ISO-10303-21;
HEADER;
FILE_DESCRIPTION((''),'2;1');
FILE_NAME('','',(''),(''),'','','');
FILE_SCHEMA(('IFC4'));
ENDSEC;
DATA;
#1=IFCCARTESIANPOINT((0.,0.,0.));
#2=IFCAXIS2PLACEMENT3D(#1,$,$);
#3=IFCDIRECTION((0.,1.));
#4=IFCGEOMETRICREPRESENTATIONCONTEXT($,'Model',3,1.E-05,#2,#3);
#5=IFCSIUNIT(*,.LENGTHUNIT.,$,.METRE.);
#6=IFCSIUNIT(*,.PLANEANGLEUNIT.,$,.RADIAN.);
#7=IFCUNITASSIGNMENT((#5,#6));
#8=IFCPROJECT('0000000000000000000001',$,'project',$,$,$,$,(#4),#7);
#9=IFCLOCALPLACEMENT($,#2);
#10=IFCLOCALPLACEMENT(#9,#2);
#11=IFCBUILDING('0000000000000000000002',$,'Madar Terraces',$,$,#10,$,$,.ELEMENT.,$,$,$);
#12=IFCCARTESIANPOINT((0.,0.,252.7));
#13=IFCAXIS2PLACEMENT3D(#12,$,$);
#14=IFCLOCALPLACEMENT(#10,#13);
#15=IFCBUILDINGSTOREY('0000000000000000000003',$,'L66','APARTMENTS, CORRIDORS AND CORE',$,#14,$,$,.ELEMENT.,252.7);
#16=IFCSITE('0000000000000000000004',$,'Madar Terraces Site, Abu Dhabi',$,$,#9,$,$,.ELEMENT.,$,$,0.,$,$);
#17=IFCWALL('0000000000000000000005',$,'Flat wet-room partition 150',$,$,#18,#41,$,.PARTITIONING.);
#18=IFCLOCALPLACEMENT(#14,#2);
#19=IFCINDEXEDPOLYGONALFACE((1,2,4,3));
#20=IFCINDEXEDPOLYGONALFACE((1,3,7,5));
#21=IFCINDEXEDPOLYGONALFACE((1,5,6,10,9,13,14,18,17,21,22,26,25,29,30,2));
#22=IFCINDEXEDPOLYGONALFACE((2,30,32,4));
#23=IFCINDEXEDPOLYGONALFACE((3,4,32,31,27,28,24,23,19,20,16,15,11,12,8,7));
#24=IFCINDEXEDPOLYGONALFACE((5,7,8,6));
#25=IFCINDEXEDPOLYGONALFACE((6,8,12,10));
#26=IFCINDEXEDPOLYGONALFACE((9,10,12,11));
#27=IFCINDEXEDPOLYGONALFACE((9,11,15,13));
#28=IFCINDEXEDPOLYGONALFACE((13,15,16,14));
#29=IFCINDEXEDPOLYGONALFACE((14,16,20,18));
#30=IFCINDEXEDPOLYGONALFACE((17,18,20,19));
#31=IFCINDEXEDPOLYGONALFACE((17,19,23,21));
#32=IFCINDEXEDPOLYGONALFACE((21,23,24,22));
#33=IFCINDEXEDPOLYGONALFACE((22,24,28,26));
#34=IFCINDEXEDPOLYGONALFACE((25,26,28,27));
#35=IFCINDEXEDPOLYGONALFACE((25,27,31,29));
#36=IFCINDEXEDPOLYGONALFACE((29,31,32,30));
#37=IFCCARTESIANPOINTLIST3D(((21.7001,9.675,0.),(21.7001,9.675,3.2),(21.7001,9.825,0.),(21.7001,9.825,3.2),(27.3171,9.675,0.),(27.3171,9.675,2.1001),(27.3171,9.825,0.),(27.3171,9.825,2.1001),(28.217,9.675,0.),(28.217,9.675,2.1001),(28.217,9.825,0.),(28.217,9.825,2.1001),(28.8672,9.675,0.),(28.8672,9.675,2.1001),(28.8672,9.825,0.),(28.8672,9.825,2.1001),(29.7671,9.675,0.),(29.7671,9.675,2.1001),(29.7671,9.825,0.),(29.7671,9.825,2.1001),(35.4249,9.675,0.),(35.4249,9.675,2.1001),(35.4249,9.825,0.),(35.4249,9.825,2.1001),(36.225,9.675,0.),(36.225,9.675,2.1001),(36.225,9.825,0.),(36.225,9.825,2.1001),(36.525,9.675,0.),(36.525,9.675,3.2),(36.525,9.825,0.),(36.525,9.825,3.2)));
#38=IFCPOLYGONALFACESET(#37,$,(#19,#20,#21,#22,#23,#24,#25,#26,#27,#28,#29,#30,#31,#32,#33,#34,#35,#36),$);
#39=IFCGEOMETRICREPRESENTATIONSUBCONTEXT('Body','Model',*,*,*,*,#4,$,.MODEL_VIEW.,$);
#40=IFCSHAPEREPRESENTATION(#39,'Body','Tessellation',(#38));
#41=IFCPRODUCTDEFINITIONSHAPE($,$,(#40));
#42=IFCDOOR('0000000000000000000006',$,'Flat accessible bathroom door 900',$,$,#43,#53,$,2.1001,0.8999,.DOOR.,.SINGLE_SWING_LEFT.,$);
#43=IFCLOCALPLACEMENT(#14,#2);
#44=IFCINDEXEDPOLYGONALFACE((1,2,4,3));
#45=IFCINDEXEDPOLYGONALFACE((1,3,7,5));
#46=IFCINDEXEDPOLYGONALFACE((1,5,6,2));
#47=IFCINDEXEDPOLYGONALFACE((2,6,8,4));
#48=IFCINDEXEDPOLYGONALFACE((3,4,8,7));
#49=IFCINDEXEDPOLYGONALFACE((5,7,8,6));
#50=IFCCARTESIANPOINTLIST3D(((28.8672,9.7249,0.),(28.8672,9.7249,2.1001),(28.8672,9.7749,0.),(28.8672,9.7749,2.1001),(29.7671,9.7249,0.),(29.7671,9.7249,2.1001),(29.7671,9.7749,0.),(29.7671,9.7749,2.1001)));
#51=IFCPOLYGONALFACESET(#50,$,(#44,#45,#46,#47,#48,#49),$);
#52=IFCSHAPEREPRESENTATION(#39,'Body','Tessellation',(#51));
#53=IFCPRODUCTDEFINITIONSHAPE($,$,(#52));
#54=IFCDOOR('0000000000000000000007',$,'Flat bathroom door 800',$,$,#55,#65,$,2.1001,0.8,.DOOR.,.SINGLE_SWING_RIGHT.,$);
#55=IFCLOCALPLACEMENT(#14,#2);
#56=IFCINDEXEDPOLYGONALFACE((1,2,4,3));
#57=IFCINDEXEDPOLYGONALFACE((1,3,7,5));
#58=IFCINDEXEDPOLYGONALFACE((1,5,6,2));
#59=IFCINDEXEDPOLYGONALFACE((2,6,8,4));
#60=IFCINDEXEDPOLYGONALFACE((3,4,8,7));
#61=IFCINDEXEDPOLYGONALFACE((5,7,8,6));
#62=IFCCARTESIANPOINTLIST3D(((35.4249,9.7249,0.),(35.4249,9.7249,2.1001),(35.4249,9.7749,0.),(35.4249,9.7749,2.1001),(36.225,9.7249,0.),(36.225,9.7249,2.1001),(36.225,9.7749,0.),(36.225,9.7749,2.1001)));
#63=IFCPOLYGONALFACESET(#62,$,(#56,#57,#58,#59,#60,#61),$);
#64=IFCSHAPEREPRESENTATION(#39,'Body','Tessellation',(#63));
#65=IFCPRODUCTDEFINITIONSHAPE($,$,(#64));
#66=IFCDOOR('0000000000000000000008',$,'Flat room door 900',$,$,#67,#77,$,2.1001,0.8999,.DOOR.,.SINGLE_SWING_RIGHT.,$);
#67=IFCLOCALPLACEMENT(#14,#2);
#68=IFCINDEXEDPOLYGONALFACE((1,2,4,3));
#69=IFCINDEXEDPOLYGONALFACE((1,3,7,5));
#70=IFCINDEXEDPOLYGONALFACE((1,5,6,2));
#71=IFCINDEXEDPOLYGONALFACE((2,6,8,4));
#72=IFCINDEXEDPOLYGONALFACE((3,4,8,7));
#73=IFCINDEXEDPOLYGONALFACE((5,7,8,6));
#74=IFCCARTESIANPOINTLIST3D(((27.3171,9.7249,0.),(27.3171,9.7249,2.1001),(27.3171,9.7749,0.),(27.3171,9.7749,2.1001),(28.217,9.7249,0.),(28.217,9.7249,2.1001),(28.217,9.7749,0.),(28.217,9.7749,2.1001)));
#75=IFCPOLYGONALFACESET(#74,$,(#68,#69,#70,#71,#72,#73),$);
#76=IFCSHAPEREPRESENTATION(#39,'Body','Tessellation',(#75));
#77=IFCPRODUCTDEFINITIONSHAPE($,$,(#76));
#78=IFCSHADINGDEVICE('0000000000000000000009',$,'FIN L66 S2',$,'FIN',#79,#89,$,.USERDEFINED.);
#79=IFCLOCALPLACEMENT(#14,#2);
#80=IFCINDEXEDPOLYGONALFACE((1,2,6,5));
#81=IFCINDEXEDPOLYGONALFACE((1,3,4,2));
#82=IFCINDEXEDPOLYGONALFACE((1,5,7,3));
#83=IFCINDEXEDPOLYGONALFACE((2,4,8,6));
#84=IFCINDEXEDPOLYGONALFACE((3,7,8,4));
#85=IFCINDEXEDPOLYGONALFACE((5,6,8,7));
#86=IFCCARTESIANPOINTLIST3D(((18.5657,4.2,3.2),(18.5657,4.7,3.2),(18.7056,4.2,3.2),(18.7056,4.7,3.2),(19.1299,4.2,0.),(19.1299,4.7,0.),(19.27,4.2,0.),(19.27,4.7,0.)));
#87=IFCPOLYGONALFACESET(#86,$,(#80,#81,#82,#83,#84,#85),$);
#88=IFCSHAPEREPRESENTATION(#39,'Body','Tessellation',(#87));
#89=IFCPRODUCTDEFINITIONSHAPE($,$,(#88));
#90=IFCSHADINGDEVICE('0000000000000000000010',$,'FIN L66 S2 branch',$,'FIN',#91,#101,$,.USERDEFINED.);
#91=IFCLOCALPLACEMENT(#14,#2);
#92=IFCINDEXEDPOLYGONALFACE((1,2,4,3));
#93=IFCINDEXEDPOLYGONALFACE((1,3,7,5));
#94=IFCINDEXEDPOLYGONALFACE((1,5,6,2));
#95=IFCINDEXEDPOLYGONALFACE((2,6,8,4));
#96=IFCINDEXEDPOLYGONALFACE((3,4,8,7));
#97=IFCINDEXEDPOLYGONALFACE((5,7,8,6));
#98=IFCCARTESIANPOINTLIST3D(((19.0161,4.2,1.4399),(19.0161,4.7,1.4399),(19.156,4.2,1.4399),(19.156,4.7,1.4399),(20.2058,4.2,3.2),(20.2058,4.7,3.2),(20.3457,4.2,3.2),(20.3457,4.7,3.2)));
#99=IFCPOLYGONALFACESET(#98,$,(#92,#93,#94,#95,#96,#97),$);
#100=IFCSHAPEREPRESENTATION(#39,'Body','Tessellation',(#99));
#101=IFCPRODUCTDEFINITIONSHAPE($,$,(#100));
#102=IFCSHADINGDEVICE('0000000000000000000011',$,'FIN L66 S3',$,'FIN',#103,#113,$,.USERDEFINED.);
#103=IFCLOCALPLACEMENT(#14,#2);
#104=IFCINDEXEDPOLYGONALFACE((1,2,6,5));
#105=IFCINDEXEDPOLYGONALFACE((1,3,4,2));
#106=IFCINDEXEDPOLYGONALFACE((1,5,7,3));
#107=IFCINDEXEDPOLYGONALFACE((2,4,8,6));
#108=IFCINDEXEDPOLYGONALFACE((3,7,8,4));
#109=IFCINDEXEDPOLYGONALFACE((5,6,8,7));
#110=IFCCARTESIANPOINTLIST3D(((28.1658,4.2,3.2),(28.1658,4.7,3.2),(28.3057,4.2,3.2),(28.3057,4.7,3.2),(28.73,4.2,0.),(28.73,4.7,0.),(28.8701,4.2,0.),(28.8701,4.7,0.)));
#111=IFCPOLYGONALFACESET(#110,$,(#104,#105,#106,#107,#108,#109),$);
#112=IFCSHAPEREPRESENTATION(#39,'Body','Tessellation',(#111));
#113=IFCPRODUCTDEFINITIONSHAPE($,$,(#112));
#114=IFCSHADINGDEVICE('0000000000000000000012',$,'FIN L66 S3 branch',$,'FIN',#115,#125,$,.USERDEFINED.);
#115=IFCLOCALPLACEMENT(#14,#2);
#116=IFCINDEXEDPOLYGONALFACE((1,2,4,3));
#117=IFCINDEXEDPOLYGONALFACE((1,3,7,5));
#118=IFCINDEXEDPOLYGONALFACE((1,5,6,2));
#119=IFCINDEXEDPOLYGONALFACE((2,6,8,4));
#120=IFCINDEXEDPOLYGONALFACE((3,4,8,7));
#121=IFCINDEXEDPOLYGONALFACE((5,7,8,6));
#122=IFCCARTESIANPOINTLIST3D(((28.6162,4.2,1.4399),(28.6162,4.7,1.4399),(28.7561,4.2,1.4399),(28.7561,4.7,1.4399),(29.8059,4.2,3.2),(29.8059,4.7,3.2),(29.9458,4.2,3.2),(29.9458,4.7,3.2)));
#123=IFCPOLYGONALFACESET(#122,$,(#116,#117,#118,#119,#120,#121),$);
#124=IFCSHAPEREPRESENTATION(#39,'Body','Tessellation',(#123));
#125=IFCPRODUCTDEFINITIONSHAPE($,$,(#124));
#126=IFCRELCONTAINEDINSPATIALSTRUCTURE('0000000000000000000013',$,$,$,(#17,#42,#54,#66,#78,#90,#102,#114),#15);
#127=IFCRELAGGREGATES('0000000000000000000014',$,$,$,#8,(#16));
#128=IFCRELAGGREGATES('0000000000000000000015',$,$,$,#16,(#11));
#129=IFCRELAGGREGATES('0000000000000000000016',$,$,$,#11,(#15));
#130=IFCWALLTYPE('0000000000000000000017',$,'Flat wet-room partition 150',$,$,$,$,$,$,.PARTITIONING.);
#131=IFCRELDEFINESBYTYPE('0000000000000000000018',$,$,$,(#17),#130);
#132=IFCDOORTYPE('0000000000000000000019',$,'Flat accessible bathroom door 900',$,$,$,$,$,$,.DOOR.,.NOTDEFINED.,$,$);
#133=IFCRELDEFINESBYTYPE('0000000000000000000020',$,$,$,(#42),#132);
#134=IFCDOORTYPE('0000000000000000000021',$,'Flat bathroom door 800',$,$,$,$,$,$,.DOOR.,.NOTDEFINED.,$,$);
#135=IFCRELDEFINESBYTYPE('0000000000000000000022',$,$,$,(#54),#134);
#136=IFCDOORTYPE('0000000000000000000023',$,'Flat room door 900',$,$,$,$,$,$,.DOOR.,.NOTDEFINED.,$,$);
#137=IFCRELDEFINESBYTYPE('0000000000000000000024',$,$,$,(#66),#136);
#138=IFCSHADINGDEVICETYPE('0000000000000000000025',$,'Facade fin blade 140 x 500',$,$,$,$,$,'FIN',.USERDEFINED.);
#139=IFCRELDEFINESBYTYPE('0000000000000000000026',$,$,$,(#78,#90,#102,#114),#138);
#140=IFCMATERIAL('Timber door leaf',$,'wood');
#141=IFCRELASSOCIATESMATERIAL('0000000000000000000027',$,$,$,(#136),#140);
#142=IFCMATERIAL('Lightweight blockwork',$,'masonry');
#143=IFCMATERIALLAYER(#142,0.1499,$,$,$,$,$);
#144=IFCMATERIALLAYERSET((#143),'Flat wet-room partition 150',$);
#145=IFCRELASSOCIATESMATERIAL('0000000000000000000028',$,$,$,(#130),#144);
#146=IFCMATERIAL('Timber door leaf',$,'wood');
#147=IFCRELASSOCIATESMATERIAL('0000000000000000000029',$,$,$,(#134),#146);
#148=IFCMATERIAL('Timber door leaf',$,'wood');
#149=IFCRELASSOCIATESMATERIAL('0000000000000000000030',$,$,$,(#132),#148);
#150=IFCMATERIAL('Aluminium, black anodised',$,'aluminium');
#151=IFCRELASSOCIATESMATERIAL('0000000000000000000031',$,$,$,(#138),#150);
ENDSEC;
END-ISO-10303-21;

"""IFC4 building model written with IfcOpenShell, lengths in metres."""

from ifc_helpers import new_model, si_unit, direction, frame, frame_2d, origin, place, context, subcontext, project, spatial, polyline, rectangle, outline, extrude, material, layer, layer_set, type_object, element, fill, save


model = new_model("IFC4")

# Units and contexts
model_context = context("Model", 3, precision=1e-05, world=origin(), true_north=direction((0.0, 1.0)))
body_context = subcontext(model_context, "Body", "Model", "MODEL_VIEW")
ifc_project = project(units=[si_unit("LENGTHUNIT", "METRE"), si_unit("PLANEANGLEUNIT", "RADIAN")], contexts=[model_context])

# Site, building, storey
site_placement = place(None, origin())
site = spatial("IfcSite", under=ifc_project, at=site_placement, Name="Madar Terraces Site, Abu Dhabi", CompositionType="ELEMENT", RefElevation=0.0)
building_placement = place(site_placement, origin())
building = spatial("IfcBuilding", under=site, at=building_placement, Name="Madar Terraces", CompositionType="ELEMENT")
storey_placement = place(building_placement, frame((0.0, 0.0, 252.7)))
storey = spatial("IfcBuildingStorey", under=building, at=storey_placement, Name="L66", Description="APARTMENTS, CORRIDORS AND CORE", CompositionType="ELEMENT", Elevation=252.7)

# Shared definitions
ifc_material_1 = material(Name="Timber door leaf", Category="wood")
door_type_1 = type_object("IfcDoorType", Name="Flat room door 900", OperationType="NOTDEFINED", PredefinedType="DOOR", material=ifc_material_1)

# Shared definitions
ifc_material_2 = material(Name="Lightweight blockwork", Category="masonry")
ifc_layer_1 = layer(ifc_material_2, 0.1499)
ifc_layer_set_1 = layer_set([ifc_layer_1], Name="Flat wet-room partition 150")
wall_type_1 = type_object("IfcWallType", Name="Flat wet-room partition 150", PredefinedType="PARTITIONING", material=ifc_layer_set_1)

# Wall, openings, doors
ifc_material_3 = material(Name="Timber door leaf", Category="wood")
door_type_2 = type_object("IfcDoorType", Name="Flat bathroom door 800", OperationType="NOTDEFINED", PredefinedType="DOOR", material=ifc_material_3)
wall_1_placement = place(storey_placement, frame((21.7, 9.75, 0.0), z_axis=(0.0, 0.0, 1.0), x_axis=(1.0, 0.0, 0.0)))
wall_1 = element("IfcWall", 1, at=wall_1_placement, inside=storey, type_object=wall_type_1, Name="Flat wet-room partition 150", PredefinedType="PARTITIONING", context=body_context, shape_type="SweptSolid", body=[
    extrude(rectangle(XDim=14.825, YDim=0.1499, at=frame_2d((7.4126, 0.0))), origin(), (0.0, 0.0, 1.0), 3.2),
])
opening_1_placement = place(wall_1_placement, frame((13.7251, 0.0, 0.0)))
opening_1 = element("IfcOpeningElement", 2, at=opening_1_placement, cuts=wall_1, PredefinedType="OPENING", context=body_context, shape_type="SweptSolid", body=[
    extrude(rectangle(XDim=0.8, YDim=2.1001, at=frame_2d((0.3999, 1.05))), frame((0.0, 0.085, 0.0), z_axis=(0.0, -1.0, 0.0), x_axis=(1.0, 0.0, 0.0)), (0.0, 0.0, 1.0), 0.1699),
])
opening_2_placement = place(wall_1_placement, frame((7.1672, 0.0, 0.0)))
opening_2 = element("IfcOpeningElement", 3, at=opening_2_placement, cuts=wall_1, PredefinedType="OPENING", context=body_context, shape_type="SweptSolid", body=[
    extrude(rectangle(XDim=0.8999, YDim=2.1001, at=frame_2d((0.45, 1.05))), frame((0.0, 0.085, 0.0), z_axis=(0.0, -1.0, 0.0), x_axis=(1.0, 0.0, 0.0)), (0.0, 0.0, 1.0), 0.1699),
])
opening_3_placement = place(wall_1_placement, frame((5.6172, 0.0, 0.0)))
opening_3 = element("IfcOpeningElement", 4, at=opening_3_placement, cuts=wall_1, PredefinedType="OPENING", context=body_context, shape_type="SweptSolid", body=[
    extrude(rectangle(XDim=0.8999, YDim=2.1001, at=frame_2d((0.45, 1.05))), frame((0.0, 0.085, 0.0), z_axis=(0.0, -1.0, 0.0), x_axis=(1.0, 0.0, 0.0)), (0.0, 0.0, 1.0), 0.1699),
])
ifc_material_4 = material(Name="Timber door leaf", Category="wood")
door_type_3 = type_object("IfcDoorType", Name="Flat accessible bathroom door 900", OperationType="NOTDEFINED", PredefinedType="DOOR", material=ifc_material_4)
door_1_placement = place(opening_2_placement, origin())
door_1 = element("IfcDoor", 5, at=door_1_placement, inside=storey, type_object=door_type_3, Name="Flat accessible bathroom door 900", OperationType="SINGLE_SWING_LEFT", OverallHeight=2.1001, OverallWidth=0.8999, PredefinedType="DOOR", context=body_context, shape_type="SweptSolid", body=[
    extrude(rectangle(XDim=0.8999, YDim=2.1001, at=frame_2d((0.45, 1.05))), frame((0.0, 0.0249, 0.0), z_axis=(0.0, -1.0, 0.0), x_axis=(1.0, 0.0, 0.0)), (0.0, 0.0, 1.0), 0.05),
])
fill(opening_2, door_1)
door_2_placement = place(opening_1_placement, origin())
door_2 = element("IfcDoor", 6, at=door_2_placement, inside=storey, type_object=door_type_2, Name="Flat bathroom door 800", OperationType="SINGLE_SWING_RIGHT", OverallHeight=2.1001, OverallWidth=0.8, PredefinedType="DOOR", context=body_context, shape_type="SweptSolid", body=[
    extrude(rectangle(XDim=0.8, YDim=2.1001, at=frame_2d((0.3999, 1.05))), frame((0.0, 0.0249, 0.0), z_axis=(0.0, -1.0, 0.0), x_axis=(1.0, 0.0, 0.0)), (0.0, 0.0, 1.0), 0.05),
])
fill(opening_1, door_2)
door_3_placement = place(opening_3_placement, origin())
door_3 = element("IfcDoor", 7, at=door_3_placement, inside=storey, type_object=door_type_1, Name="Flat room door 900", OperationType="SINGLE_SWING_RIGHT", OverallHeight=2.1001, OverallWidth=0.8999, PredefinedType="DOOR", context=body_context, shape_type="SweptSolid", body=[
    extrude(rectangle(XDim=0.8999, YDim=2.1001, at=frame_2d((0.45, 1.05))), frame((0.0, 0.0249, 0.0), z_axis=(0.0, -1.0, 0.0), x_axis=(1.0, 0.0, 0.0)), (0.0, 0.0, 1.0), 0.05),
])
fill(opening_3, door_3)

# Shading devices
ifc_material_5 = material(Name="Aluminium, black anodised", Category="aluminium")
shading_device_type = type_object("IfcShadingDeviceType", Name="Facade fin blade 140 x 500", ElementType="FIN", PredefinedType="USERDEFINED", material=ifc_material_5)
shading_device_1_placement = place(storey_placement, frame((19.1299, 4.45, 0.0), z_axis=(0.0, 0.0, 1.0), x_axis=(1.0, 0.0, 0.0)))
element("IfcShadingDevice", 8, at=shading_device_1_placement, inside=storey, type_object=shading_device_type, Name="FIN L66 S2", ObjectType="FIN", PredefinedType="USERDEFINED", context=body_context, shape_type="SweptSolid", body=[
    extrude(outline(polyline([(0.0, 0.0), (0.1401, 0.0), (-0.4243, 3.2), (-0.5642, 3.2), (0.0, 0.0)])), frame((0.0, 0.25, 0.0), z_axis=(0.0, -1.0, 0.0), x_axis=(1.0, 0.0, 0.0)), (0.0, 0.0, 1.0), 0.5),
])
shading_device_2_placement = place(storey_placement, frame((19.0161, 4.45, 1.4399), z_axis=(0.0, 0.0, 1.0), x_axis=(1.0, 0.0, 0.0)))
element("IfcShadingDevice", 9, at=shading_device_2_placement, inside=storey, type_object=shading_device_type, Name="FIN L66 S2 branch", ObjectType="FIN", PredefinedType="USERDEFINED", context=body_context, shape_type="SweptSolid", body=[
    extrude(outline(polyline([(0.0, 0.0), (0.1399, 0.0), (1.3296, 1.76), (1.1897, 1.76), (0.0, 0.0)])), frame((0.0, 0.25, 0.0), z_axis=(0.0, -1.0, 0.0), x_axis=(1.0, 0.0, 0.0)), (0.0, 0.0, 1.0), 0.5),
])
shading_device_3_placement = place(storey_placement, frame((28.73, 4.45, 0.0), z_axis=(0.0, 0.0, 1.0), x_axis=(1.0, 0.0, 0.0)))
element("IfcShadingDevice", 10, at=shading_device_3_placement, inside=storey, type_object=shading_device_type, Name="FIN L66 S3", ObjectType="FIN", PredefinedType="USERDEFINED", context=body_context, shape_type="SweptSolid", body=[
    extrude(outline(polyline([(0.0, 0.0), (0.1401, 0.0), (-0.4243, 3.2), (-0.5642, 3.2), (0.0, 0.0)])), frame((0.0, 0.25, 0.0), z_axis=(0.0, -1.0, 0.0), x_axis=(1.0, 0.0, 0.0)), (0.0, 0.0, 1.0), 0.5),
])
shading_device_4_placement = place(storey_placement, frame((28.6162, 4.45, 1.4399), z_axis=(0.0, 0.0, 1.0), x_axis=(1.0, 0.0, 0.0)))
element("IfcShadingDevice", 11, at=shading_device_4_placement, inside=storey, type_object=shading_device_type, Name="FIN L66 S3 branch", ObjectType="FIN", PredefinedType="USERDEFINED", context=body_context, shape_type="SweptSolid", body=[
    extrude(outline(polyline([(0.0, 0.0), (0.1399, 0.0), (1.3296, 1.76), (1.1897, 1.76), (0.0, 0.0)])), frame((0.0, 0.25, 0.0), z_axis=(0.0, -1.0, 0.0), x_axis=(1.0, 0.0, 0.0)), (0.0, 0.0, 1.0), 0.5),
])

save(model, "model.ifc")
